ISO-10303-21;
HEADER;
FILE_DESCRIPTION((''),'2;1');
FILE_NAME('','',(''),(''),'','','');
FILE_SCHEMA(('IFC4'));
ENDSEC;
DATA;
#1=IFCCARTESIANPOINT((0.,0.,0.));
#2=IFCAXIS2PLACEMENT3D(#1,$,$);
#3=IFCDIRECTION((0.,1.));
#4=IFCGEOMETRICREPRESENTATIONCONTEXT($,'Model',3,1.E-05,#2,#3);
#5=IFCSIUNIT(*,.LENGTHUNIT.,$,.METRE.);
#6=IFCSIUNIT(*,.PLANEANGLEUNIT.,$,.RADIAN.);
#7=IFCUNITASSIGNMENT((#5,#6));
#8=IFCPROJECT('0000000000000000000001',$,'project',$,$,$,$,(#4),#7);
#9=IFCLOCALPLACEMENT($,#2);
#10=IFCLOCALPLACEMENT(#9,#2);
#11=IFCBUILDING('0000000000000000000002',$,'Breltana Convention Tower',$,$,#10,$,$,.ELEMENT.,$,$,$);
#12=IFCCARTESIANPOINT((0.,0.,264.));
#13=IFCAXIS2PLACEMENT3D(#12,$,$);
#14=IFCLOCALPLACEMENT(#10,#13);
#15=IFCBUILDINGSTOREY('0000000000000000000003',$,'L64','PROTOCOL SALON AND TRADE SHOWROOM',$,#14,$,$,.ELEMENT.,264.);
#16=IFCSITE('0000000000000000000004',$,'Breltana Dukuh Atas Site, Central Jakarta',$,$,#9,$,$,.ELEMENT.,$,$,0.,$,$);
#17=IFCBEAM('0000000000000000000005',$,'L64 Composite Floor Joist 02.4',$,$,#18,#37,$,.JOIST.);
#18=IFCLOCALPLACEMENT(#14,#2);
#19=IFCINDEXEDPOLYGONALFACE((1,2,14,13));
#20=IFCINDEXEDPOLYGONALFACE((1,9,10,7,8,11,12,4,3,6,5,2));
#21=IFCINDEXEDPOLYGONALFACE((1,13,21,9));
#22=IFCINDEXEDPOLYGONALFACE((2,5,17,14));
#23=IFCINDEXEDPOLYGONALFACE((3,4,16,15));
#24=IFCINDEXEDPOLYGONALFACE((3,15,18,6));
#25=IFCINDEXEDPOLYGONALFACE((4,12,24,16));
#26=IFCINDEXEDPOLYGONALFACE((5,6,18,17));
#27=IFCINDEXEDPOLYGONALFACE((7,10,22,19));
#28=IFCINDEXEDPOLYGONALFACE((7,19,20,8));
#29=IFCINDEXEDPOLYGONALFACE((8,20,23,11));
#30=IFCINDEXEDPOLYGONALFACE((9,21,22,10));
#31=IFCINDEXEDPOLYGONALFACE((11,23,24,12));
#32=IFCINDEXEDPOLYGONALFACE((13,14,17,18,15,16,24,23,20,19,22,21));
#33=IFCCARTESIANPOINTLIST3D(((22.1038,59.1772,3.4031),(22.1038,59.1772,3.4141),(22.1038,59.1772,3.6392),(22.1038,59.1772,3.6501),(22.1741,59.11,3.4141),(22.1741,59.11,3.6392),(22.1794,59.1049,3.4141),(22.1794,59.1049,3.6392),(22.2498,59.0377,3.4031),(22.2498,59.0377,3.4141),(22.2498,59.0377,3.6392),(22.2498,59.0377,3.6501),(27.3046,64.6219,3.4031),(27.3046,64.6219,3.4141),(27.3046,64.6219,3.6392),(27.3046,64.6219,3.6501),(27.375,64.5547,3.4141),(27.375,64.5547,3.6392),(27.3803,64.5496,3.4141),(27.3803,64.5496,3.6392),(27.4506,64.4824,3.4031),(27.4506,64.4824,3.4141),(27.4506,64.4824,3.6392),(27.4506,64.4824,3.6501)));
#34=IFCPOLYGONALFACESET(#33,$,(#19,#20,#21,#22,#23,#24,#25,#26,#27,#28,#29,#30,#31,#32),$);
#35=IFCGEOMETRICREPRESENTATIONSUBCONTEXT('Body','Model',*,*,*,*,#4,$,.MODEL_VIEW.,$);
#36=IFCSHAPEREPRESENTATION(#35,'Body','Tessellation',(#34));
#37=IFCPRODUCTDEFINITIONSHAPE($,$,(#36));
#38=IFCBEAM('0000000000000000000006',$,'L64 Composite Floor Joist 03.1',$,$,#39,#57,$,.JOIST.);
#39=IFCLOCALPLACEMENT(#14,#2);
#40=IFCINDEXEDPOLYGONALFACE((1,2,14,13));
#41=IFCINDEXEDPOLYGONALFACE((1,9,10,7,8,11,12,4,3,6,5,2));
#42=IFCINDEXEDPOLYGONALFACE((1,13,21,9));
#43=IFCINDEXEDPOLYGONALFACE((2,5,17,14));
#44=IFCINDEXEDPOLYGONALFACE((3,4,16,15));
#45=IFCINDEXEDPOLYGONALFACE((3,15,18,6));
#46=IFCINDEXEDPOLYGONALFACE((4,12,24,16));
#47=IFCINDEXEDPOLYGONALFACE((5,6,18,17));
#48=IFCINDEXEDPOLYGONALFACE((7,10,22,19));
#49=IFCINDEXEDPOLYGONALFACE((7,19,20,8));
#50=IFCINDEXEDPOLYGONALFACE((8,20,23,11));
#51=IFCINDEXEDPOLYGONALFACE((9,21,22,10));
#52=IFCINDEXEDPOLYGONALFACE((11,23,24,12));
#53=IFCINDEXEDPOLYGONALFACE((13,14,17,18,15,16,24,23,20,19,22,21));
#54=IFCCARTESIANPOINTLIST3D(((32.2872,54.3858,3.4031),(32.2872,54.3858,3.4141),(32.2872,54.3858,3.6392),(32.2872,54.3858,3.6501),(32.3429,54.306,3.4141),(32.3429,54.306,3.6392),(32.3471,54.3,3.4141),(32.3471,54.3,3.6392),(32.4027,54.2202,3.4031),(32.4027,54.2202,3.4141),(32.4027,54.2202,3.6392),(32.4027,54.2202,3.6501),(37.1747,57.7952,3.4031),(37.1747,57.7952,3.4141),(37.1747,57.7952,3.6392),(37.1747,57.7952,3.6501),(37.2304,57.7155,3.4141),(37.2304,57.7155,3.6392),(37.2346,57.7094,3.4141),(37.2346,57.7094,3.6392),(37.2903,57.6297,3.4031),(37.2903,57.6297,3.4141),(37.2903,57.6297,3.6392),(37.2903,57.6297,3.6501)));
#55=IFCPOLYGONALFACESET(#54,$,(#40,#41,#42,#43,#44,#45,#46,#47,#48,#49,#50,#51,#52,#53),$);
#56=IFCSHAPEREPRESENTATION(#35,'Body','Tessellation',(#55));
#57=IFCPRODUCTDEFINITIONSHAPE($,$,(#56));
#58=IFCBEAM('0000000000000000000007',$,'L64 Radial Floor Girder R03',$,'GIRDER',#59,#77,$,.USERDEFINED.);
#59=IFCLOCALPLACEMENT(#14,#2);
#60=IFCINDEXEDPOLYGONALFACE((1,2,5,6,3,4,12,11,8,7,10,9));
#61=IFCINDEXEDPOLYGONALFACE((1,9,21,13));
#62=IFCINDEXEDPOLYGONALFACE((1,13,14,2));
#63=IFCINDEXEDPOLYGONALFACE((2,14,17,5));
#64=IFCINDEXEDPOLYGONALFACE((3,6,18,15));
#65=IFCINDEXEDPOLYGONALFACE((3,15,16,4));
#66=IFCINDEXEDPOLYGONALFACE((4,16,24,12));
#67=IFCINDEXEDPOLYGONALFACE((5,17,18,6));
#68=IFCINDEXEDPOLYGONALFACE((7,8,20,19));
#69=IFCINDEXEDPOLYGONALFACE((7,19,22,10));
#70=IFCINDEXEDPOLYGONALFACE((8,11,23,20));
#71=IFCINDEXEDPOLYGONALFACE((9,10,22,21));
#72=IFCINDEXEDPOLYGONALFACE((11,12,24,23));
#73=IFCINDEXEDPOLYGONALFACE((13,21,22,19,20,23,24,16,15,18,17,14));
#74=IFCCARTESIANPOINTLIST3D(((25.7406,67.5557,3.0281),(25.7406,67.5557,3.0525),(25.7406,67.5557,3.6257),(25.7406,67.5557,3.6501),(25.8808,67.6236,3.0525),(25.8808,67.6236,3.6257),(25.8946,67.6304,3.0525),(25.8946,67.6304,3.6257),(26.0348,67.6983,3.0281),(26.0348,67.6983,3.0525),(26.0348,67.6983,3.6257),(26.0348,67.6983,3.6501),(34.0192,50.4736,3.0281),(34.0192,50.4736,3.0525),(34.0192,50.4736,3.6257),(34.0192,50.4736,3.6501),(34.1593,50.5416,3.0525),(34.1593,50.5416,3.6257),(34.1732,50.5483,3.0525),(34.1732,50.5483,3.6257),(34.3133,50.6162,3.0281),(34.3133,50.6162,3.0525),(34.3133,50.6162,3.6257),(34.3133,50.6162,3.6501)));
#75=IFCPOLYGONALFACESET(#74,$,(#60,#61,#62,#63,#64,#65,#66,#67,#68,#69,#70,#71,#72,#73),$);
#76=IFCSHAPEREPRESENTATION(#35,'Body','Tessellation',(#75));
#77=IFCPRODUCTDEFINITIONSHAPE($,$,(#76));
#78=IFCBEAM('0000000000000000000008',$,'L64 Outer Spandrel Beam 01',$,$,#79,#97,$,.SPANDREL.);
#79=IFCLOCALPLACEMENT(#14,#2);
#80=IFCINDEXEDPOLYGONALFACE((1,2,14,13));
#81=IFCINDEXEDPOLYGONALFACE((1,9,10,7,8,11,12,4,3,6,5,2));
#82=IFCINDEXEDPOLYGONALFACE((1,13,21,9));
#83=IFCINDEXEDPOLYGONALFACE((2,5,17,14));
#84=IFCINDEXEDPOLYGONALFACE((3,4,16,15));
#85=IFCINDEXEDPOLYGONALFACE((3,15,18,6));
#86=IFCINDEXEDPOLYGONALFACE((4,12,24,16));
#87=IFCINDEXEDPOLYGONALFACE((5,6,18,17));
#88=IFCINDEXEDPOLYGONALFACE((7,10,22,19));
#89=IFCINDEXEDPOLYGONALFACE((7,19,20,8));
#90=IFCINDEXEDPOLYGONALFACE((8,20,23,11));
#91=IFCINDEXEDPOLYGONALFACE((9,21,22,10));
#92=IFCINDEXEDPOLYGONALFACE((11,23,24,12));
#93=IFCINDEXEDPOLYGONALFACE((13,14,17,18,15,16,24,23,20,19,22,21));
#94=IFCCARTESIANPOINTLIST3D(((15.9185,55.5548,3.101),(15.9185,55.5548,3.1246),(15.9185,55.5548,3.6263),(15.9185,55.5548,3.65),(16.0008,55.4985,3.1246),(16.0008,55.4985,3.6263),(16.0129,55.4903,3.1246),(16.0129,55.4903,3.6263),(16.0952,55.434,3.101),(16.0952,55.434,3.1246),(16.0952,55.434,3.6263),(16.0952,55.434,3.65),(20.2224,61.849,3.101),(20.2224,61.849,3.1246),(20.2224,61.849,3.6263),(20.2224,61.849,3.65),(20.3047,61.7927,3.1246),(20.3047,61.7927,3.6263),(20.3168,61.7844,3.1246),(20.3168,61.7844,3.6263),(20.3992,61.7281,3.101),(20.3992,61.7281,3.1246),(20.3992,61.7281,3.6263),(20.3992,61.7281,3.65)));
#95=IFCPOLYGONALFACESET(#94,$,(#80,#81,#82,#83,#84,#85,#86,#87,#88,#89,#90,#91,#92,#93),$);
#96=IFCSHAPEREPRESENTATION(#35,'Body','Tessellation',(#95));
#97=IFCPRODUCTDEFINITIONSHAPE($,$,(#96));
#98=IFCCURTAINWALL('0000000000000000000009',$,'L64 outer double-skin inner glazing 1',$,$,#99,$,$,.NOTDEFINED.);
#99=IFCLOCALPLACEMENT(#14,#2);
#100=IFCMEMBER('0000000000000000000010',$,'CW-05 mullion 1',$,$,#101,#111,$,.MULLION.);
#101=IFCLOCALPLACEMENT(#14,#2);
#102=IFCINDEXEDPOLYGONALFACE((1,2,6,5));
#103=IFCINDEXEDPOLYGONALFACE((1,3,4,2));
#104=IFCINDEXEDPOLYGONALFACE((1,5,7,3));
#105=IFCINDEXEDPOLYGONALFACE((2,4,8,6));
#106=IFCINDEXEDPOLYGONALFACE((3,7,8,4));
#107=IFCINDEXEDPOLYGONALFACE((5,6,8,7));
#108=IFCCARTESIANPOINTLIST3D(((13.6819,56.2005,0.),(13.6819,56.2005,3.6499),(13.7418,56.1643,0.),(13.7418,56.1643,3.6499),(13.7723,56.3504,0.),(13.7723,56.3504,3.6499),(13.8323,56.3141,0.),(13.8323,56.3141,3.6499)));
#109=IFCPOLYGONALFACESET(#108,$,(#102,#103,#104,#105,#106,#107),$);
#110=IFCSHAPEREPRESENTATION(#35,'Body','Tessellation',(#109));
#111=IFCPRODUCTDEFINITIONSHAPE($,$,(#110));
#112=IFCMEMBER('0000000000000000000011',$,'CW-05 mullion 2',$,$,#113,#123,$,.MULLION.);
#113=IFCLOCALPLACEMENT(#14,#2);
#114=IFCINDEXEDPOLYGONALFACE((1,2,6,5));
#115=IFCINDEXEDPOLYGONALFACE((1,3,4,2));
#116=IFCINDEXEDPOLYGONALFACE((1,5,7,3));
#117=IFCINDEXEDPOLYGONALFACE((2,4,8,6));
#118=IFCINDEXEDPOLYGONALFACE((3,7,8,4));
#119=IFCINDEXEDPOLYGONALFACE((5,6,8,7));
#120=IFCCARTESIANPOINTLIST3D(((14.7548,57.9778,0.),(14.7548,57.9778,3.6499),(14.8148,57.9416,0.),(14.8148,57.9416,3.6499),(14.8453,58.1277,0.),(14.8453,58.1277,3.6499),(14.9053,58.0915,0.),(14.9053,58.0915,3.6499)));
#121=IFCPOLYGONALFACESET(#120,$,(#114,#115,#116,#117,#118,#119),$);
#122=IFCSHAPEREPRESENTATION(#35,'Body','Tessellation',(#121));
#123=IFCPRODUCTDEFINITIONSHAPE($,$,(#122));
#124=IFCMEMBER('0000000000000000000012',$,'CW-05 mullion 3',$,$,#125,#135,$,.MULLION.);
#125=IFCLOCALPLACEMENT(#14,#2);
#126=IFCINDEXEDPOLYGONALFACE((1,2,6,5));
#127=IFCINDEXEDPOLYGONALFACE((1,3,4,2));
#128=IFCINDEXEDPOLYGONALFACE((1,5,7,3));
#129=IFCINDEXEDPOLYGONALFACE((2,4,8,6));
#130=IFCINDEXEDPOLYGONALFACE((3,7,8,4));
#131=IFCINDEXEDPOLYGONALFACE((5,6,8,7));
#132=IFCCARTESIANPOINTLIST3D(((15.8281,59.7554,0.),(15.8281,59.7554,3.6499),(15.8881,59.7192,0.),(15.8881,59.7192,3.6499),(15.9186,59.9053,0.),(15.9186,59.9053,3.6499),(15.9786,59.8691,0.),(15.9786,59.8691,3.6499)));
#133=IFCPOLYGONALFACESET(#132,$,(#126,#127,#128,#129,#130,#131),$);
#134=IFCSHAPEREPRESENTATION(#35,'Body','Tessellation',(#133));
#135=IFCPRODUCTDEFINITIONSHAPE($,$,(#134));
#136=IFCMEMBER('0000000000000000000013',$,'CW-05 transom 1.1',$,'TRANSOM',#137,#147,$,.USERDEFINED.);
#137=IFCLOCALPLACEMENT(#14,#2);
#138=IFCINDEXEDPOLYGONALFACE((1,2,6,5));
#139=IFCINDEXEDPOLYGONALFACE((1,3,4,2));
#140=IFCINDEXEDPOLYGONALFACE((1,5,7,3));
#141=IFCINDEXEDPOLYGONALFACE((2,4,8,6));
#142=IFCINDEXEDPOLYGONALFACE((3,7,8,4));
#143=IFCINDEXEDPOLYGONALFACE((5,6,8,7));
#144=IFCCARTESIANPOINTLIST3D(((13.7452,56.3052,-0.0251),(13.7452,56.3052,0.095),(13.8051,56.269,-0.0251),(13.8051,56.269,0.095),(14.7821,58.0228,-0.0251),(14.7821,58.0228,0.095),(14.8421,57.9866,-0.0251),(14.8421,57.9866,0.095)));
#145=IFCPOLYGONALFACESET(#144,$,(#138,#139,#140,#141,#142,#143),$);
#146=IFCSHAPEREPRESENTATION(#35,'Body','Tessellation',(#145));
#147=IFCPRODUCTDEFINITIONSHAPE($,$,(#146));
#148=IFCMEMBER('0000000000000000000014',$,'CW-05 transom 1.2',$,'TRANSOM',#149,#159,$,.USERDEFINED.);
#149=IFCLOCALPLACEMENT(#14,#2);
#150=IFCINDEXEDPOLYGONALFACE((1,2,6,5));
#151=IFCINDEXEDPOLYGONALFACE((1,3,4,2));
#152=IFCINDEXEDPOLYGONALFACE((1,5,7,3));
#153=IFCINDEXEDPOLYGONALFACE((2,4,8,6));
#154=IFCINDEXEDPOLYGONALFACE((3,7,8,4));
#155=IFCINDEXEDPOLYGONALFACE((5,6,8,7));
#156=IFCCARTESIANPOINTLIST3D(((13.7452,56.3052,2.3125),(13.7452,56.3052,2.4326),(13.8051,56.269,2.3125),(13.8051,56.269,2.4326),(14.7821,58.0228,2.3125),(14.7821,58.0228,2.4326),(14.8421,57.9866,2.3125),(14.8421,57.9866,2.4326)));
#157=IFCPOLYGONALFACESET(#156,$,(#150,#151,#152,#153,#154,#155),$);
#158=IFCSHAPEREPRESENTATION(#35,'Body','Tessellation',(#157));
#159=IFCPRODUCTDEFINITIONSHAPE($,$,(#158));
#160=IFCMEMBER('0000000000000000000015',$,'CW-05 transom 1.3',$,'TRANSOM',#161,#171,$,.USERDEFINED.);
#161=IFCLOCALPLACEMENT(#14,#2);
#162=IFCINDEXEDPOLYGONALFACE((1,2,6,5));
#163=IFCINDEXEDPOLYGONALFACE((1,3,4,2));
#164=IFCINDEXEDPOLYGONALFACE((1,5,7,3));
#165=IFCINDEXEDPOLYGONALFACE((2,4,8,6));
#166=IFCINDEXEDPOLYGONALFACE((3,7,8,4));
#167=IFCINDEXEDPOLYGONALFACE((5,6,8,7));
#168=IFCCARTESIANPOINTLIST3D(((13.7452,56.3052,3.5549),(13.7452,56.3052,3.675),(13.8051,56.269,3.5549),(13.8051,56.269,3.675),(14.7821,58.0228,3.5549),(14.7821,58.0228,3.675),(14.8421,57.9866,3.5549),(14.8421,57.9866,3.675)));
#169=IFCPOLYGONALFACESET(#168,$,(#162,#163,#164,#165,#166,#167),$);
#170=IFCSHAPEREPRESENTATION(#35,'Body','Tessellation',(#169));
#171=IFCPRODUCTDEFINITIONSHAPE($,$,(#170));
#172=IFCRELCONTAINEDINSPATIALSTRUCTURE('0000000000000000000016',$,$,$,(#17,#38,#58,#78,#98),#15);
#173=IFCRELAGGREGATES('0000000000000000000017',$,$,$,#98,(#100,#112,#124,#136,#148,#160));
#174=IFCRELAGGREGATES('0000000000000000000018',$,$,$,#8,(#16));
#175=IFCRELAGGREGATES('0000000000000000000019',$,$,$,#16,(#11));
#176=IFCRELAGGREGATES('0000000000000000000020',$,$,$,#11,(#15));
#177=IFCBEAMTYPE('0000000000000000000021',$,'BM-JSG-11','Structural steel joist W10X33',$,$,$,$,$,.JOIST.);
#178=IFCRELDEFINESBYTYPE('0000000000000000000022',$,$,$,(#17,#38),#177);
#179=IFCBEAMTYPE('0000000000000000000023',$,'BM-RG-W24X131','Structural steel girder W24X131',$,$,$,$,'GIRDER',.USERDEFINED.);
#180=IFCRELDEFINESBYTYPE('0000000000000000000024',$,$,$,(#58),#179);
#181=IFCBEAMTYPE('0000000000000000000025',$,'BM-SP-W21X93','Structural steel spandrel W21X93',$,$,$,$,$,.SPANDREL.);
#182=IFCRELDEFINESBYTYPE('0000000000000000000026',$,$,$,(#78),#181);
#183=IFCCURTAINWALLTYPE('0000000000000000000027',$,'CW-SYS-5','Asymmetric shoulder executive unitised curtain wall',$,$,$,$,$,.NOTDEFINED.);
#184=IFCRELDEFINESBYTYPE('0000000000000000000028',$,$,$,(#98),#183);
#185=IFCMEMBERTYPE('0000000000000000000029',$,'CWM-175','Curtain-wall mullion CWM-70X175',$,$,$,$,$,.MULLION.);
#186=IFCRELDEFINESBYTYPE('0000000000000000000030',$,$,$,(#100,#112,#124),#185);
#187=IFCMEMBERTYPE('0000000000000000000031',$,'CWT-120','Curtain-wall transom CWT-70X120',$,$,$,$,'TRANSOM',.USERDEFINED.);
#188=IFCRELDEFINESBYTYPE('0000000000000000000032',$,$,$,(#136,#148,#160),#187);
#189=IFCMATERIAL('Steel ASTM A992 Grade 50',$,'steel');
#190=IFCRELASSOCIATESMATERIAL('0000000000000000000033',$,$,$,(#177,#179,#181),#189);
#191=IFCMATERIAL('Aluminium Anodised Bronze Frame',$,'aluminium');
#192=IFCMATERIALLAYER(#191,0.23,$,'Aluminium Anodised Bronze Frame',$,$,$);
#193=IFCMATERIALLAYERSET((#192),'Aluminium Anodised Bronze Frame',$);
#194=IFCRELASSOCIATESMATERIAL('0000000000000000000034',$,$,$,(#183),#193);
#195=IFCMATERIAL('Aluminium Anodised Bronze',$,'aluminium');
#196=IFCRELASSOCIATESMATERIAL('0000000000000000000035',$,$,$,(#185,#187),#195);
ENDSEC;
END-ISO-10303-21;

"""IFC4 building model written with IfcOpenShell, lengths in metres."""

from ifc_helpers import new_model, si_unit, direction, frame, origin, origin_2d, place, context, subcontext, project, spatial, rectangle, i_section, extrude, source, transform, mapped, material, layer, layer_set, material_profile, profile_set, type_object, type_shapes, element, aggregate, save


model = new_model("IFC4")

# Units and contexts
model_context = context("Model", 3, precision=1e-05, world=origin(), true_north=direction((0.0, 1.0)))
body_context = subcontext(model_context, "Body", "Model", "MODEL_VIEW")
ifc_project = project(units=[si_unit("LENGTHUNIT", "METRE"), si_unit("PLANEANGLEUNIT", "RADIAN")], contexts=[model_context])

# Site, building, storey
site_placement = place(None, origin())
site = spatial("IfcSite", under=ifc_project, at=site_placement, Name="Breltana Dukuh Atas Site, Central Jakarta", CompositionType="ELEMENT", RefElevation=0.0)
building_placement = place(site_placement, origin())
building = spatial("IfcBuilding", under=site, at=building_placement, Name="Breltana Convention Tower", CompositionType="ELEMENT")
storey_placement = place(building_placement, frame((0.0, 0.0, 264.0)))
storey = spatial("IfcBuildingStorey", under=building, at=storey_placement, Name="L64", Description="PROTOCOL SALON AND TRADE SHOWROOM", CompositionType="ELEMENT", Elevation=264.0)

# Shared definitions
ifc_material_1 = material(Name="Steel ASTM A992 Grade 50", Category="steel")

# Beams
ifc_material_profile_1 = material_profile(ifc_material_1, i_section(OverallWidth=0.2019, OverallDepth=0.2471, WebThickness=0.0073, FlangeThickness=0.011, at=origin_2d()), Name="W10X33")
ifc_profile_set_1 = profile_set([ifc_material_profile_1], Name="Steel ASTM A992 Grade 50")
beam_type_1 = type_object("IfcBeamType", Name="BM-JSG-11", Description="Structural steel joist W10X33", PredefinedType="JOIST", material=ifc_profile_set_1)
shared_shape_1 = source(origin(), body_context, "Body", "SweptSolid", [
    extrude(i_section(OverallWidth=0.2019, OverallDepth=0.2471, WebThickness=0.0073, FlangeThickness=0.011, at=origin_2d()), origin(), (0.0, 0.0, 1.0), 7.5295),
])
beam_1_placement = place(storey_placement, frame((22.1768, 59.1074, 3.5266), z_axis=(0.690726, 0.723117, 0.0), x_axis=(-0.723117, 0.690726, 0.0)))
element("IfcBeam", 1, at=beam_1_placement, inside=storey, type_object=beam_type_1, Name="L64 Composite Floor Joist 02.4", PredefinedType="JOIST", context=body_context, shape_type="MappedRepresentation", body=[
    mapped(shared_shape_1, transform((0.0, 0.0, 0.0), scale=1.0)),
])
shared_shape_2 = source(origin(), body_context, "Body", "SweptSolid", [
    extrude(i_section(OverallWidth=0.2019, OverallDepth=0.2471, WebThickness=0.0073, FlangeThickness=0.011, at=origin_2d()), origin(), (0.0, 0.0, 1.0), 5.9592),
])
beam_2_placement = place(storey_placement, frame((32.345, 54.303, 3.5266), z_axis=(0.82016, 0.572134, 0.0), x_axis=(-0.572134, 0.82016, 0.0)))
element("IfcBeam", 2, at=beam_2_placement, inside=storey, type_object=beam_type_1, Name="L64 Composite Floor Joist 03.1", PredefinedType="JOIST", context=body_context, shape_type="MappedRepresentation", body=[
    mapped(shared_shape_2, transform((0.0, 0.0, 0.0), scale=1.0)),
])
ifc_material_profile_2 = material_profile(ifc_material_1, i_section(OverallWidth=0.3269, OverallDepth=0.6221, WebThickness=0.0154, FlangeThickness=0.0244, at=origin_2d()), Name="W24X131")
ifc_profile_set_2 = profile_set([ifc_material_profile_2], Name="Steel ASTM A992 Grade 50")
beam_type_2 = type_object("IfcBeamType", Name="BM-RG-W24X131", Description="Structural steel girder W24X131", ElementType="GIRDER", PredefinedType="USERDEFINED", material=ifc_profile_set_2)
shared_shape_3 = source(origin(), body_context, "Body", "SweptSolid", [
    extrude(i_section(OverallWidth=0.3269, OverallDepth=0.6221, WebThickness=0.0154, FlangeThickness=0.0244, at=origin_2d()), origin(), (0.0, 0.0, 1.0), 18.9824),
])
beam_3_placement = place(storey_placement, frame((34.1663, 50.5449, 3.3391), z_axis=(-0.436119, 0.899889, 0.0), x_axis=(-0.899889, -0.436119, 0.0)))
element("IfcBeam", 3, at=beam_3_placement, inside=storey, type_object=beam_type_2, Name="L64 Radial Floor Girder R03", ObjectType="GIRDER", PredefinedType="USERDEFINED", context=body_context, shape_type="MappedRepresentation", body=[
    mapped(shared_shape_3, transform((0.0, 0.0, 0.0), scale=1.0)),
])
ifc_material_profile_3 = material_profile(ifc_material_1, i_section(OverallWidth=0.2141, OverallDepth=0.5491, WebThickness=0.0146, FlangeThickness=0.0237, at=origin_2d()), Name="W21X93")
ifc_profile_set_3 = profile_set([ifc_material_profile_3], Name="Steel ASTM A992 Grade 50")
beam_type_3 = type_object("IfcBeamType", Name="BM-SP-W21X93", Description="Structural steel spandrel W21X93", PredefinedType="SPANDREL", material=ifc_profile_set_3)
shared_shape_4 = source(origin(), body_context, "Body", "SweptSolid", [
    extrude(i_section(OverallWidth=0.2141, OverallDepth=0.5491, WebThickness=0.0146, FlangeThickness=0.0237, at=origin_2d()), origin(), (0.0, 0.0, 1.0), 7.625),
])
type_shapes(beam_type_3, [shared_shape_4])
beam_4_placement = place(storey_placement, frame((16.0068, 55.4944, 3.3755), z_axis=(0.564452, 0.825466, 0.0), x_axis=(-0.825466, 0.564452, 0.0)))
element("IfcBeam", 4, at=beam_4_placement, inside=storey, type_object=beam_type_3, Name="L64 Outer Spandrel Beam 01", PredefinedType="SPANDREL", context=body_context, shape_type="MappedRepresentation", body=[
    mapped(shared_shape_4, transform((0.0, 0.0, 0.0), scale=1.0)),
])

# Curtain wall, members
ifc_material_2 = material(Name="Aluminium Anodised Bronze Frame", Category="aluminium")
ifc_layer_1 = layer(ifc_material_2, 0.23, Name="Aluminium Anodised Bronze Frame")
ifc_layer_set_1 = layer_set([ifc_layer_1], Name="Aluminium Anodised Bronze Frame")
curtain_wall_type = type_object("IfcCurtainWallType", Name="CW-SYS-5", Description="Asymmetric shoulder executive unitised curtain wall", PredefinedType="NOTDEFINED", material=ifc_layer_set_1)
curtain_wall_placement = place(storey_placement, origin())
curtain_wall = element("IfcCurtainWall", 5, at=curtain_wall_placement, inside=storey, type_object=curtain_wall_type, Name="L64 outer double-skin inner glazing 1", PredefinedType="NOTDEFINED")
ifc_material_3 = material(Name="Aluminium Anodised Bronze", Category="aluminium")
ifc_material_profile_4 = material_profile(ifc_material_3, rectangle(XDim=0.0701, YDim=0.175, at=origin_2d()), Name="CWM-70X175")
ifc_profile_set_4 = profile_set([ifc_material_profile_4], Name="Aluminium Anodised Bronze")
member_type_1 = type_object("IfcMemberType", Name="CWM-175", Description="Curtain-wall mullion CWM-70X175", PredefinedType="MULLION", material=ifc_profile_set_4)
shared_shape_5 = source(origin(), body_context, "Body", "SweptSolid", [
    extrude(rectangle(XDim=0.0701, YDim=0.175, at=origin_2d()), origin(), (0.0, 0.0, 1.0), 3.6499),
])
member_1_placement = place(storey_placement, frame((13.7571, 56.2573, 0.0), z_axis=(0.0, 0.0, 1.0), x_axis=(-0.856067, 0.516865, 0.0)))
member_1 = element("IfcMember", 6, at=member_1_placement, type_object=member_type_1, Name="CW-05 mullion 1", PredefinedType="MULLION", context=body_context, shape_type="MappedRepresentation", body=[
    mapped(shared_shape_5, transform((0.0, 0.0, 0.0), scale=1.0)),
])
member_2_placement = place(storey_placement, frame((14.8301, 58.0347, 0.0), z_axis=(0.0, 0.0, 1.0), x_axis=(-0.856067, 0.516865, 0.0)))
member_2 = element("IfcMember", 7, at=member_2_placement, type_object=member_type_1, Name="CW-05 mullion 2", PredefinedType="MULLION", context=body_context, shape_type="MappedRepresentation", body=[
    mapped(shared_shape_5, transform((0.0, 0.0, 0.0), scale=1.0)),
])
member_3_placement = place(storey_placement, frame((15.9033, 59.8123, 0.0), z_axis=(0.0, 0.0, 1.0), x_axis=(-0.856067, 0.516865, 0.0)))
member_3 = element("IfcMember", 8, at=member_3_placement, type_object=member_type_1, Name="CW-05 mullion 3", PredefinedType="MULLION", context=body_context, shape_type="MappedRepresentation", body=[
    mapped(shared_shape_5, transform((0.0, 0.0, 0.0), scale=1.0)),
])
ifc_material_profile_5 = material_profile(ifc_material_3, rectangle(XDim=0.0701, YDim=0.1201, at=origin_2d()), Name="CWT-70X120")
ifc_profile_set_5 = profile_set([ifc_material_profile_5], Name="Aluminium Anodised Bronze")
member_type_2 = type_object("IfcMemberType", Name="CWT-120", Description="Curtain-wall transom CWT-70X120", ElementType="TRANSOM", PredefinedType="USERDEFINED", material=ifc_profile_set_5)
shared_shape_6 = source(origin(), body_context, "Body", "SweptSolid", [
    extrude(rectangle(XDim=0.0701, YDim=0.1201, at=origin_2d()), origin(), (0.0, 0.0, 1.0), 2.0063),
])
member_4_placement = place(storey_placement, frame((13.7751, 56.2871, 0.0349), z_axis=(0.51682, 0.856094, 0.0), x_axis=(-0.856094, 0.51682, 0.0)))
member_4 = element("IfcMember", 9, at=member_4_placement, type_object=member_type_2, Name="CW-05 transom 1.1", ObjectType="TRANSOM", PredefinedType="USERDEFINED", context=body_context, shape_type="MappedRepresentation", body=[
    mapped(shared_shape_6, transform((0.0, 0.0, 0.0), scale=1.0)),
])
member_5_placement = place(storey_placement, frame((13.7751, 56.2871, 2.3726), z_axis=(0.51682, 0.856094, 0.0), x_axis=(-0.856094, 0.51682, 0.0)))
member_5 = element("IfcMember", 10, at=member_5_placement, type_object=member_type_2, Name="CW-05 transom 1.2", ObjectType="TRANSOM", PredefinedType="USERDEFINED", context=body_context, shape_type="MappedRepresentation", body=[
    mapped(shared_shape_6, transform((0.0, 0.0, 0.0), scale=1.0)),
])
member_6_placement = place(storey_placement, frame((13.7751, 56.2871, 3.615), z_axis=(0.51682, 0.856094, 0.0), x_axis=(-0.856094, 0.51682, 0.0)))
member_6 = element("IfcMember", 11, at=member_6_placement, type_object=member_type_2, Name="CW-05 transom 1.3", ObjectType="TRANSOM", PredefinedType="USERDEFINED", context=body_context, shape_type="MappedRepresentation", body=[
    mapped(shared_shape_6, transform((0.0, 0.0, 0.0), scale=1.0)),
])
aggregate(curtain_wall, [member_1, member_2, member_3, member_4, member_5, member_6])

save(model, "model.ifc")
